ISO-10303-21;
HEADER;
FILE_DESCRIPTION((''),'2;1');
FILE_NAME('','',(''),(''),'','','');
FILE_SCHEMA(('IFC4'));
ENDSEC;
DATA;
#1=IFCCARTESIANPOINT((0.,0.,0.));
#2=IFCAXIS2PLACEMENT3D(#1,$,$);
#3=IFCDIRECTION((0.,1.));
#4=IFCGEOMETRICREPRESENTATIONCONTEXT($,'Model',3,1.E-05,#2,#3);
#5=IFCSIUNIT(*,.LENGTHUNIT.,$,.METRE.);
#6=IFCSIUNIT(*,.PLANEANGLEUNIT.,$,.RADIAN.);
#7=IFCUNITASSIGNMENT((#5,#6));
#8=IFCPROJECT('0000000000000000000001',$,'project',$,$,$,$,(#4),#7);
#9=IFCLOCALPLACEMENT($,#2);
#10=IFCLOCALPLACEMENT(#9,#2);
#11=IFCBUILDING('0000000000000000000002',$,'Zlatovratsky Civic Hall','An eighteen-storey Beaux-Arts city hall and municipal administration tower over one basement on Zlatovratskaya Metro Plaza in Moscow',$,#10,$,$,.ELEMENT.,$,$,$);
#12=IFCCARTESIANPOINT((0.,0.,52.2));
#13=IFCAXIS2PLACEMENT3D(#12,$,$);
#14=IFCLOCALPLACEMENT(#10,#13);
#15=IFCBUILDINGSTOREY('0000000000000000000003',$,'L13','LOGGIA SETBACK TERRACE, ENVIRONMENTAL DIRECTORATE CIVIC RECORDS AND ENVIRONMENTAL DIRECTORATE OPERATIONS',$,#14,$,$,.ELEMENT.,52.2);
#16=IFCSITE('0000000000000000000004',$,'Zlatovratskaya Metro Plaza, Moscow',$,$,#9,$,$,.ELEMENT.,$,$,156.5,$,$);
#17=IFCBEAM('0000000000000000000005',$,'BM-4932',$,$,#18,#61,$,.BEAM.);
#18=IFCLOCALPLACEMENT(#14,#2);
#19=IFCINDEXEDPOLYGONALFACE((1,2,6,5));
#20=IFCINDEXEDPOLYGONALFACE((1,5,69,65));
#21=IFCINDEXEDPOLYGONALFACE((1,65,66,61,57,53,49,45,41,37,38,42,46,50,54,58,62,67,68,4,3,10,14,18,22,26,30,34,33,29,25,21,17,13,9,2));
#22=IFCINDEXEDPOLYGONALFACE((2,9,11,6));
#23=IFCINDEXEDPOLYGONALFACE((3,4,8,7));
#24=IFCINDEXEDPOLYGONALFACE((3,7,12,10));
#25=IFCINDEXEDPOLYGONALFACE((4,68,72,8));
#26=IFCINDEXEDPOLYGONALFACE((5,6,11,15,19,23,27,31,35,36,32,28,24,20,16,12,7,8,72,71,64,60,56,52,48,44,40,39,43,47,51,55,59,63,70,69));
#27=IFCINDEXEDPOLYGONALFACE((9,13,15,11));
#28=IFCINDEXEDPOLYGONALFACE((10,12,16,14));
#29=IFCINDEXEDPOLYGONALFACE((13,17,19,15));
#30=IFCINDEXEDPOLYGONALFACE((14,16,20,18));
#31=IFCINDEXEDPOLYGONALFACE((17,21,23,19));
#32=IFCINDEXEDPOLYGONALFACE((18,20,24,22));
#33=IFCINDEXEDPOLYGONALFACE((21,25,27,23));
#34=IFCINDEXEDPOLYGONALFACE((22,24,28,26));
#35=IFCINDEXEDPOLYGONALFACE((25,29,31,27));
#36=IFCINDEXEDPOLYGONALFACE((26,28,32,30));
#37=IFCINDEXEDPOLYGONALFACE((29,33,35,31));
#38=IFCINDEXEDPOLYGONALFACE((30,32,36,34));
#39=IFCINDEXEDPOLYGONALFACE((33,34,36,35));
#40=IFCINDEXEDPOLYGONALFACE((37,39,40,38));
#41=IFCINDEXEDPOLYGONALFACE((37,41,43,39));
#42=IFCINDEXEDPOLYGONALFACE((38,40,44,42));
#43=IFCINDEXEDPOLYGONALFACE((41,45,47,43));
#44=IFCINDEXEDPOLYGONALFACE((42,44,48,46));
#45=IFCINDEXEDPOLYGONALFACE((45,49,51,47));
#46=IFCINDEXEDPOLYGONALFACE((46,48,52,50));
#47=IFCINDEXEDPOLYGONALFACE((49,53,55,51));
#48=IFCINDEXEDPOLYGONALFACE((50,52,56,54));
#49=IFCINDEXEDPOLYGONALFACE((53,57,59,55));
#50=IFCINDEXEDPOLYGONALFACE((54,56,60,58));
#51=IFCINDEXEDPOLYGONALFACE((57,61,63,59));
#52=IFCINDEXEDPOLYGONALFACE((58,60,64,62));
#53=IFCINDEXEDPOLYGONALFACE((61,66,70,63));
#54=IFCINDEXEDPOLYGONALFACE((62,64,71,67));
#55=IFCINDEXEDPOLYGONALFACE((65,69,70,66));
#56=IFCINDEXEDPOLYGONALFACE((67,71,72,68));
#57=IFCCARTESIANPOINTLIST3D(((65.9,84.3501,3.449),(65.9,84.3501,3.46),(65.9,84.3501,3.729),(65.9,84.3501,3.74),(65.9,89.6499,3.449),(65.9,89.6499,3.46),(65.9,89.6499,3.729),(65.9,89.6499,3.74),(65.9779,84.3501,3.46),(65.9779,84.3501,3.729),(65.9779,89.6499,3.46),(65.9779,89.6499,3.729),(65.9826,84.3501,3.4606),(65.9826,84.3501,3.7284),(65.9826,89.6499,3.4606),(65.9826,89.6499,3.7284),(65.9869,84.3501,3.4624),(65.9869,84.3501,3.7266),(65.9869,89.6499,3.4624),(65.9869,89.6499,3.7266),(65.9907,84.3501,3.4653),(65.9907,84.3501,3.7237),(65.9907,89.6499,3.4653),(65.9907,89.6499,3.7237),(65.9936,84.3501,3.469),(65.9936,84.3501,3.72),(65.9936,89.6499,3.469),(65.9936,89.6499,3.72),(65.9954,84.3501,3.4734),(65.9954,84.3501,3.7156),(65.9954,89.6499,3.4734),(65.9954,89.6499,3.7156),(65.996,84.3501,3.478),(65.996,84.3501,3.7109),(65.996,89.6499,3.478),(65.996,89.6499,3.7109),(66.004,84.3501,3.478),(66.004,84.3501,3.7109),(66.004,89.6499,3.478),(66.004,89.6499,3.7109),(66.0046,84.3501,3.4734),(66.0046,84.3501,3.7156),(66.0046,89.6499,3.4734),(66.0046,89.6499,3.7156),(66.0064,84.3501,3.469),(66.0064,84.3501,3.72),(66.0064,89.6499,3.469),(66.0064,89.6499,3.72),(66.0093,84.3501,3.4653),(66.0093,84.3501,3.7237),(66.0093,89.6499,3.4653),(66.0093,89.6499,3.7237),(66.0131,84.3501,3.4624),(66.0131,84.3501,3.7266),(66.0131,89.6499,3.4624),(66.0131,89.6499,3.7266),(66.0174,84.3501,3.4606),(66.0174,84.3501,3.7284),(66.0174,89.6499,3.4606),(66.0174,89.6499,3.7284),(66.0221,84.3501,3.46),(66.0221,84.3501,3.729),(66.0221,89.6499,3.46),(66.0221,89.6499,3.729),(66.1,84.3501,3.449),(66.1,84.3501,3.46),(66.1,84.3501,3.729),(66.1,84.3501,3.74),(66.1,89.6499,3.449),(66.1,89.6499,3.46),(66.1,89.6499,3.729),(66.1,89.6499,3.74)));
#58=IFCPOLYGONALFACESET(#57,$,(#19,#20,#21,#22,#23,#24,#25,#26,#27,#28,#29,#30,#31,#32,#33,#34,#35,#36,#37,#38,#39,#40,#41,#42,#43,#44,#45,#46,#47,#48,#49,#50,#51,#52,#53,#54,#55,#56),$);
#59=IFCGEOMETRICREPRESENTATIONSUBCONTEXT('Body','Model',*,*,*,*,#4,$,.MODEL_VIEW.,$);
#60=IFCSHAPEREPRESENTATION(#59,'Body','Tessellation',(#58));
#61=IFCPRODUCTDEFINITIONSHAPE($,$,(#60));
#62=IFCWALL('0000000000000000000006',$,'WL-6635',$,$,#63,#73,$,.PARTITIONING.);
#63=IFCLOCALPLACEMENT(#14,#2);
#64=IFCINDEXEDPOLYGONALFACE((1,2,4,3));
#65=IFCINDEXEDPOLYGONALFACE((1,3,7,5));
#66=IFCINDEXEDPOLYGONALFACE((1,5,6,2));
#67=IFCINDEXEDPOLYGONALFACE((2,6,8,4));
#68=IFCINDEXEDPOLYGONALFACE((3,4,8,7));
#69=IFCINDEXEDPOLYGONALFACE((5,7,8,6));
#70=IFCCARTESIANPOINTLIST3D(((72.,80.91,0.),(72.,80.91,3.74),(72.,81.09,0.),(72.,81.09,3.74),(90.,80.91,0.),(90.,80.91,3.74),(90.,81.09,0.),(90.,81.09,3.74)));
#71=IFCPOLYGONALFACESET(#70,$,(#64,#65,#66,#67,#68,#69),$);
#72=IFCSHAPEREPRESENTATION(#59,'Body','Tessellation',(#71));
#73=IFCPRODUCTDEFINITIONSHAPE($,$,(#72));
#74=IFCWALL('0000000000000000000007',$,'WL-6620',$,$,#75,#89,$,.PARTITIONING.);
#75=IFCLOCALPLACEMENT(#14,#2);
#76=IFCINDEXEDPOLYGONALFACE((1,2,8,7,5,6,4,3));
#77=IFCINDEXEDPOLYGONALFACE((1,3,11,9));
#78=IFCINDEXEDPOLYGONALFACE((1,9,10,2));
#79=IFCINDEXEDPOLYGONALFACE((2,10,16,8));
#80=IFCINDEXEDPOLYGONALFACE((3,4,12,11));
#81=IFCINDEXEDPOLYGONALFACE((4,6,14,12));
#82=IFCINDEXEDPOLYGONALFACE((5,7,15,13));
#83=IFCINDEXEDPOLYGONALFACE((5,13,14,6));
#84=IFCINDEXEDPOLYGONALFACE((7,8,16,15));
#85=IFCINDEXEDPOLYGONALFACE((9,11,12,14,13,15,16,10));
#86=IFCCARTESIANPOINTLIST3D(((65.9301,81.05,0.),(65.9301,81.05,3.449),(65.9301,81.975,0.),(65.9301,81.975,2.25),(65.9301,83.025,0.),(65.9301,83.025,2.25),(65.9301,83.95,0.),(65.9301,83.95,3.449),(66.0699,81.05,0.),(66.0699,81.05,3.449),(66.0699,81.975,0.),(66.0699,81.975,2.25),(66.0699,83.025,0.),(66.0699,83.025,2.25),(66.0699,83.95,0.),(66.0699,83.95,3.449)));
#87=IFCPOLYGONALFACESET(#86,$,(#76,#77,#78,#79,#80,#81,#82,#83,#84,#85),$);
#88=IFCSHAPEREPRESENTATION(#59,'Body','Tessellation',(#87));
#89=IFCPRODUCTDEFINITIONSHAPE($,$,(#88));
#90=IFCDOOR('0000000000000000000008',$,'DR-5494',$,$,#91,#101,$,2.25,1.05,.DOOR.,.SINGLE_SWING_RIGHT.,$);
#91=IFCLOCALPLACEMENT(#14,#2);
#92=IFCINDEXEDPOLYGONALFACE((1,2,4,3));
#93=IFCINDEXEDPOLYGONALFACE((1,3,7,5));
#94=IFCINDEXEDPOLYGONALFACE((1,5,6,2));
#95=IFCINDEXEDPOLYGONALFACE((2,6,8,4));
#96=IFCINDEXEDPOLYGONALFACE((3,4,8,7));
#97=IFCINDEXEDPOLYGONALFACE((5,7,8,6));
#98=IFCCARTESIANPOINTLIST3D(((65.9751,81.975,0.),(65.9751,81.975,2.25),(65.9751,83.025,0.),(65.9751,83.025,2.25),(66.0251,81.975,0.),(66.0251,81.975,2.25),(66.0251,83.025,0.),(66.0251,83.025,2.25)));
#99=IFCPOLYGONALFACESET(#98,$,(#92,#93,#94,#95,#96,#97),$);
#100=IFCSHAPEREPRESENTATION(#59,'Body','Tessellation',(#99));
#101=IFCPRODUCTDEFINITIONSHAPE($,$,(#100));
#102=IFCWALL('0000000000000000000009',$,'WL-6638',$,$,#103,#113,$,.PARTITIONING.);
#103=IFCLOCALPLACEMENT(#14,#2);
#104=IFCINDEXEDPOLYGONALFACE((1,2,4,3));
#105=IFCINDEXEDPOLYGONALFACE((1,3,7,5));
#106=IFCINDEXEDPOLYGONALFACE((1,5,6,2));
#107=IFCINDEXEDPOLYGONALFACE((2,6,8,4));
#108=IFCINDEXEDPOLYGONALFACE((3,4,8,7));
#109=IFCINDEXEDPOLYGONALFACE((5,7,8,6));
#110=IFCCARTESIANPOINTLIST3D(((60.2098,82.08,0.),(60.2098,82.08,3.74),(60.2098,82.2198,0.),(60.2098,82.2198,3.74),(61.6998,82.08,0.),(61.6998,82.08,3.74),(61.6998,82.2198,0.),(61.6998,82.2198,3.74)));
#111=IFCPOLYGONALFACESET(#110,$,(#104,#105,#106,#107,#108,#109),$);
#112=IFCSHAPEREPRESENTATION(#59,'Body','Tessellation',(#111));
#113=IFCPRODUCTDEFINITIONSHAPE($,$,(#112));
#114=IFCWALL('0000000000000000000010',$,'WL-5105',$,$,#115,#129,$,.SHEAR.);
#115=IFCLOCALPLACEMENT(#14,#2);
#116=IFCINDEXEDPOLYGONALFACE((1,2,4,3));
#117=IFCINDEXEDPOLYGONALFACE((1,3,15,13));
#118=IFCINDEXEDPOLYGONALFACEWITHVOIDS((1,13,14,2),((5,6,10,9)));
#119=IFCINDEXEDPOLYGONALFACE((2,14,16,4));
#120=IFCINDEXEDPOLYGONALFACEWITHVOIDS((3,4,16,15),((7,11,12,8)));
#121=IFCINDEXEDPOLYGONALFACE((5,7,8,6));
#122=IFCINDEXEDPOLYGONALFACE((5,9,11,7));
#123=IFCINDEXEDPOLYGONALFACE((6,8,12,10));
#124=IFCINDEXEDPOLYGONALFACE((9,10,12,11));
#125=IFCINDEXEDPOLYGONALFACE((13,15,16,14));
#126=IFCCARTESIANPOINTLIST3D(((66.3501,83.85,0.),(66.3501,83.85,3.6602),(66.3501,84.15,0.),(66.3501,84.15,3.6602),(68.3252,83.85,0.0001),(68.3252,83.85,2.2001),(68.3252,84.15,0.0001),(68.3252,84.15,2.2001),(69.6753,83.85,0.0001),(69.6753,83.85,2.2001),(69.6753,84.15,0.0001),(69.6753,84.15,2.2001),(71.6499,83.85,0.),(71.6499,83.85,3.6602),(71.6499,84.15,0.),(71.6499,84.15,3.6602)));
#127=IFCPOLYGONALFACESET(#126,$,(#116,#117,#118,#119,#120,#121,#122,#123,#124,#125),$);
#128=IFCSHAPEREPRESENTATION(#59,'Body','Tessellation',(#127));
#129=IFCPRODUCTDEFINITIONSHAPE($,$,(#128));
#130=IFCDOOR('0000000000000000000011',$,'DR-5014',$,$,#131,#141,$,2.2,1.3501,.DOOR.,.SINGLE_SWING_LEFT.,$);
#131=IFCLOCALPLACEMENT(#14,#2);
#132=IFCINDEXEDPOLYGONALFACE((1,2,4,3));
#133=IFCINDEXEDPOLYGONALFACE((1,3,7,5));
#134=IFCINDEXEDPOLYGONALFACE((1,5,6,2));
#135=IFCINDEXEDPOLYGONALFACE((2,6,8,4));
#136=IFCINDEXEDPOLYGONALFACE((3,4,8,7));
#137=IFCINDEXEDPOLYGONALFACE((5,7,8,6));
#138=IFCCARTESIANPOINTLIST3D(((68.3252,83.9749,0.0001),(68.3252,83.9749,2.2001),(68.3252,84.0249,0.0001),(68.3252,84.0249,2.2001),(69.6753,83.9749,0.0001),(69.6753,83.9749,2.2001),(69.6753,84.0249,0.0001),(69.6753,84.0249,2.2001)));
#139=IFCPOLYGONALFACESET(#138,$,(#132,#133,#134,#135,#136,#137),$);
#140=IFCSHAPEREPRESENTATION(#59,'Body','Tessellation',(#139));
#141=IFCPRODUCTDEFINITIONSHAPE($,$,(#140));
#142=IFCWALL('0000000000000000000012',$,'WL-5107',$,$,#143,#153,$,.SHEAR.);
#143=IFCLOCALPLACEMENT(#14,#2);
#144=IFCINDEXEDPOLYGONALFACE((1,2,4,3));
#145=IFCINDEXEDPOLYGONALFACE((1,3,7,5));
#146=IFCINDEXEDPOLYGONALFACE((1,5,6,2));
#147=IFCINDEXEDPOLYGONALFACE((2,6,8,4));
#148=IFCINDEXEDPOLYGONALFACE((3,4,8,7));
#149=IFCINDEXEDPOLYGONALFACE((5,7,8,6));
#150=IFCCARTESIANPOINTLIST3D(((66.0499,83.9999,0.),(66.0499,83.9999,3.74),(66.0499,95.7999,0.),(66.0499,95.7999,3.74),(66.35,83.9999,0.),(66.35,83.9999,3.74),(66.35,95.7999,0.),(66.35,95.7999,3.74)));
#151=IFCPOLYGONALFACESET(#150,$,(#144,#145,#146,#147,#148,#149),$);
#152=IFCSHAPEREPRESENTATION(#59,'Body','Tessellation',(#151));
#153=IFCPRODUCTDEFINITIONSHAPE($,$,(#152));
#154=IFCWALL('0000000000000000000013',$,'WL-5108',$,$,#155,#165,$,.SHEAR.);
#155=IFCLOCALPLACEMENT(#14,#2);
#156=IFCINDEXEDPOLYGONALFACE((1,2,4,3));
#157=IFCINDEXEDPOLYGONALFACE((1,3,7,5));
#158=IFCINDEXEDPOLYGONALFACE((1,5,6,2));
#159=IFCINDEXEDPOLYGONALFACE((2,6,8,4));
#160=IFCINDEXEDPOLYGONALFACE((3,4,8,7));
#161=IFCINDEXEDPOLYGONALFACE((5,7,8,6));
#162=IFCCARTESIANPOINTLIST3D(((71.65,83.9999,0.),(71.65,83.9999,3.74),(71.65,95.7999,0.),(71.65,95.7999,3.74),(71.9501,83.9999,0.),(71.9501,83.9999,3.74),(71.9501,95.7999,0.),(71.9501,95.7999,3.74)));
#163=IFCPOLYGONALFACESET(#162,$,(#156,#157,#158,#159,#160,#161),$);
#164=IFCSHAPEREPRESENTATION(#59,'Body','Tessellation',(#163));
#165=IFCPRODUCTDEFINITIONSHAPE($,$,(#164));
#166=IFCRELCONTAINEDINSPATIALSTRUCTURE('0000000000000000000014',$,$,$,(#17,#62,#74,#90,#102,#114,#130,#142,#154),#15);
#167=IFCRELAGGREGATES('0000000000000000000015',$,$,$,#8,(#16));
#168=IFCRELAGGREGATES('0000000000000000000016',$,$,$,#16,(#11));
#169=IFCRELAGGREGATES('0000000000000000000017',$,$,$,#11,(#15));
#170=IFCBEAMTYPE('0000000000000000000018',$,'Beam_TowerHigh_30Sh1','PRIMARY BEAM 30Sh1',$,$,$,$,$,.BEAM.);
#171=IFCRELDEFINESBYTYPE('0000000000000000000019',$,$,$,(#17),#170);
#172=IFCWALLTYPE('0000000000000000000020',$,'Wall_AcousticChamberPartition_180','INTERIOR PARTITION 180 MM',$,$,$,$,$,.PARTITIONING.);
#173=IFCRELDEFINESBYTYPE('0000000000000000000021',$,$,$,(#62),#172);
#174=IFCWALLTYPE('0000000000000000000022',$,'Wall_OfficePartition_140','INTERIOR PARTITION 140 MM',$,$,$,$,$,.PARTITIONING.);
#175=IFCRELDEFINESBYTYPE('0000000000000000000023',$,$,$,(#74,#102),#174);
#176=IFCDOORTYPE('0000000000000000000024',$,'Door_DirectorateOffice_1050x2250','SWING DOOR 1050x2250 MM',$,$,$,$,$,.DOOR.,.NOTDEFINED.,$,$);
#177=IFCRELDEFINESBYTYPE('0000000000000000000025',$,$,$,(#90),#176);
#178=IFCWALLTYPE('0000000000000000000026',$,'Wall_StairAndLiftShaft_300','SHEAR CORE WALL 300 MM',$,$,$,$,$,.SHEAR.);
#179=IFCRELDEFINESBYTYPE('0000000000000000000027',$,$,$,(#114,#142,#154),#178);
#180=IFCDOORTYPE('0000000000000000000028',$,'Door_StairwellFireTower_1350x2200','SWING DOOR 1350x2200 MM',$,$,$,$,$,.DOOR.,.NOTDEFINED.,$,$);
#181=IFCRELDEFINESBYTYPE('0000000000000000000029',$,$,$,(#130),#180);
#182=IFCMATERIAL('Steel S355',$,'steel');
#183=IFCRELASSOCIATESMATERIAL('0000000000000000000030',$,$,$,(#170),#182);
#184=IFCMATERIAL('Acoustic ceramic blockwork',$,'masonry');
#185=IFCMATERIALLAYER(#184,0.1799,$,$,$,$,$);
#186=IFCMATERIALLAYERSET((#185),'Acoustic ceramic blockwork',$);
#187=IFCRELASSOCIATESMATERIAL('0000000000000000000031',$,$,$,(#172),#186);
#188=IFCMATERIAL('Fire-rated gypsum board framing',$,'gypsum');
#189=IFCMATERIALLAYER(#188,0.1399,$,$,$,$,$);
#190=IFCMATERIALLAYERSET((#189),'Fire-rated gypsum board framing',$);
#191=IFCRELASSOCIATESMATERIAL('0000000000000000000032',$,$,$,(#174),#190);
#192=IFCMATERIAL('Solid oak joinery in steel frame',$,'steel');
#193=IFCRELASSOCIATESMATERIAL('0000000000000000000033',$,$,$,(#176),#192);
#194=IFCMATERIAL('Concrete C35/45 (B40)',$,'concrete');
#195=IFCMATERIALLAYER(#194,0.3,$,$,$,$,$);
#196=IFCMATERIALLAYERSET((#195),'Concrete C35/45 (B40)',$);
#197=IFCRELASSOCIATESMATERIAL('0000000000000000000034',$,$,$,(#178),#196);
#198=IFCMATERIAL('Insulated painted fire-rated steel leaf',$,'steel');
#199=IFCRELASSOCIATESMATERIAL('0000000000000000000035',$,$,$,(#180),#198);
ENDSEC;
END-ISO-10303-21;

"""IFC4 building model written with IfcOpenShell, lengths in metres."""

from ifc_helpers import new_model, si_unit, direction, frame, frame_2d, origin, origin_2d, place, context, subcontext, project, spatial, rectangle, i_section, extrude, material, layer, layer_set, material_profile, profile_set, type_object, element, fill, save


model = new_model("IFC4")

# Units and contexts
model_context = context("Model", 3, precision=1e-05, world=origin(), true_north=direction((0.0, 1.0)))
body_context = subcontext(model_context, "Body", "Model", "MODEL_VIEW")
ifc_project = project(units=[si_unit("LENGTHUNIT", "METRE"), si_unit("PLANEANGLEUNIT", "RADIAN")], contexts=[model_context])

# Site, building, storey
site_placement = place(None, origin())
site = spatial("IfcSite", under=ifc_project, at=site_placement, Name="Zlatovratskaya Metro Plaza, Moscow", CompositionType="ELEMENT", RefElevation=156.5)
building_placement = place(site_placement, origin())
building = spatial("IfcBuilding", under=site, at=building_placement, Name="Zlatovratsky Civic Hall", Description="An eighteen-storey Beaux-Arts city hall and municipal administration tower over one basement on Zlatovratskaya Metro Plaza in Moscow", CompositionType="ELEMENT")
storey_placement = place(building_placement, frame((0.0, 0.0, 52.2)))
storey = spatial("IfcBuildingStorey", under=building, at=storey_placement, Name="L13", Description="LOGGIA SETBACK TERRACE, ENVIRONMENTAL DIRECTORATE CIVIC RECORDS AND ENVIRONMENTAL DIRECTORATE OPERATIONS", CompositionType="ELEMENT", Elevation=52.2)

# Shared definitions
ifc_material_1 = material(Name="Concrete C35/45 (B40)", Category="concrete")

# Beam
ifc_material_2 = material(Name="Steel S355", Category="steel")
ifc_material_profile_1 = material_profile(ifc_material_2, i_section(OverallWidth=0.2, OverallDepth=0.291, WebThickness=0.0081, FlangeThickness=0.011, FilletRadius=0.0181, at=origin_2d()), Name="30Sh1")
ifc_profile_set_1 = profile_set([ifc_material_profile_1], Name="Steel S355")
beam_type_1 = type_object("IfcBeamType", Name="Beam_TowerHigh_30Sh1", Description="PRIMARY BEAM 30Sh1", PredefinedType="BEAM", material=ifc_profile_set_1)
for number, where, z_axis, x_axis, name in (
    (1, (66.0, 84.3501, 3.5945), (0.0, 1.0, 0.0), (-1.0, 0.0, 0.0), "BM-4932"),
):
    element("IfcBeam", number, at=place(storey_placement, frame(where, z_axis=z_axis, x_axis=x_axis)), inside=storey, type_object=beam_type_1, Name=name, PredefinedType="BEAM", context=body_context, shape_type="SweptSolid", body=[
        extrude(i_section(OverallWidth=0.2, OverallDepth=0.291, WebThickness=0.0081, FlangeThickness=0.011, FilletRadius=0.0181, at=origin_2d()), origin(), (0.0, 0.0, 1.0), 5.2998),
    ])

# Wall
ifc_material_3 = material(Name="Acoustic ceramic blockwork", Category="masonry")
ifc_layer_1 = layer(ifc_material_3, 0.1799)
ifc_layer_set_1 = layer_set([ifc_layer_1], Name="Acoustic ceramic blockwork")
wall_type_1 = type_object("IfcWallType", Name="Wall_AcousticChamberPartition_180", Description="INTERIOR PARTITION 180 MM", PredefinedType="PARTITIONING", material=ifc_layer_set_1)
wall_1_placement = place(storey_placement, frame((72.0, 81.0, 0.0), z_axis=(0.0, 0.0, 1.0), x_axis=(1.0, 0.0, 0.0)))
element("IfcWall", 2, at=wall_1_placement, inside=storey, type_object=wall_type_1, Name="WL-6635", PredefinedType="PARTITIONING", context=body_context, shape_type="SweptSolid", body=[
    extrude(rectangle(XDim=18.0, YDim=0.1799, at=frame_2d((9.0, 0.0))), origin(), (0.0, 0.0, 1.0), 3.74),
])

# Wall, opening, door
ifc_material_4 = material(Name="Fire-rated gypsum board framing", Category="gypsum")
ifc_layer_2 = layer(ifc_material_4, 0.1399)
ifc_layer_set_2 = layer_set([ifc_layer_2], Name="Fire-rated gypsum board framing")
wall_type_2 = type_object("IfcWallType", Name="Wall_OfficePartition_140", Description="INTERIOR PARTITION 140 MM", PredefinedType="PARTITIONING", material=ifc_layer_set_2)
wall_2_placement = place(storey_placement, frame((66.0, 81.05, 0.0), z_axis=(0.0, 0.0, 1.0), x_axis=(0.0, 1.0, 0.0)))
wall_2 = element("IfcWall", 3, at=wall_2_placement, inside=storey, type_object=wall_type_2, Name="WL-6620", PredefinedType="PARTITIONING", context=body_context, shape_type="SweptSolid", body=[
    extrude(rectangle(XDim=2.8999, YDim=0.1399, at=frame_2d((1.45, 0.0))), origin(), (0.0, 0.0, 1.0), 3.449),
])
opening_1_placement = place(wall_2_placement, frame((0.925, 0.0, 0.0)))
opening_1 = element("IfcOpeningElement", 4, at=opening_1_placement, cuts=wall_2, PredefinedType="OPENING", context=body_context, shape_type="SweptSolid", body=[
    extrude(rectangle(XDim=1.05, YDim=2.25, at=frame_2d((0.5249, 1.125))), frame((0.0, 0.085, 0.0), z_axis=(0.0, -1.0, 0.0), x_axis=(1.0, 0.0, 0.0)), (0.0, 0.0, 1.0), 0.1697),
])
ifc_material_5 = material(Name="Solid oak joinery in steel frame", Category="steel")
door_type_1 = type_object("IfcDoorType", Name="Door_DirectorateOffice_1050x2250", Description="SWING DOOR 1050x2250 MM", OperationType="NOTDEFINED", PredefinedType="DOOR", material=ifc_material_5)
door_1_placement = place(opening_1_placement, origin())
door_1 = element("IfcDoor", 5, at=door_1_placement, inside=storey, type_object=door_type_1, Name="DR-5494", OperationType="SINGLE_SWING_RIGHT", OverallHeight=2.25, OverallWidth=1.05, PredefinedType="DOOR", context=body_context, shape_type="SweptSolid", body=[
    extrude(rectangle(XDim=1.05, YDim=2.25, at=frame_2d((0.5249, 1.125))), frame((0.0, 0.0249, 0.0), z_axis=(0.0, -1.0, 0.0), x_axis=(1.0, 0.0, 0.0)), (0.0, 0.0, 1.0), 0.05),
])
fill(opening_1, door_1)

# Wall
wall_3_placement = place(storey_placement, frame((61.7, 82.1499, 0.0), z_axis=(0.0, 0.0, 1.0), x_axis=(-1.0, 0.0, 0.0)))
element("IfcWall", 6, at=wall_3_placement, inside=storey, type_object=wall_type_2, Name="WL-6638", PredefinedType="PARTITIONING", context=body_context, shape_type="SweptSolid", body=[
    extrude(rectangle(XDim=1.49, YDim=0.1399, at=frame_2d((0.7451, 0.0))), origin(), (0.0, 0.0, 1.0), 3.74),
])

# Wall, opening, door
ifc_layer_3 = layer(ifc_material_1, 0.3)
ifc_layer_set_3 = layer_set([ifc_layer_3], Name="Concrete C35/45 (B40)")
wall_type_3 = type_object("IfcWallType", Name="Wall_StairAndLiftShaft_300", Description="SHEAR CORE WALL 300 MM", PredefinedType="SHEAR", material=ifc_layer_set_3)
wall_4_placement = place(storey_placement, frame((66.3501, 84.0, 0.0), z_axis=(0.0, 0.0, 1.0), x_axis=(1.0, 0.0, 0.0)))
wall_4 = element("IfcWall", 7, at=wall_4_placement, inside=storey, type_object=wall_type_3, Name="WL-5105", PredefinedType="SHEAR", context=body_context, shape_type="SweptSolid", body=[
    extrude(rectangle(XDim=5.2998, YDim=0.3, at=frame_2d((2.6499, 0.0))), origin(), (0.0, 0.0, 1.0), 3.6602),
])
opening_2_placement = place(wall_4_placement, frame((1.9751, 0.0, 0.0)))
opening_2 = element("IfcOpeningElement", 8, at=opening_2_placement, cuts=wall_4, PredefinedType="OPENING", context=body_context, shape_type="SweptSolid", body=[
    extrude(rectangle(XDim=1.3501, YDim=2.2, at=frame_2d((0.675, 1.1001))), frame((0.0, 0.165, 0.0), z_axis=(0.0, -1.0, 0.0), x_axis=(1.0, 0.0, 0.0)), (0.0, 0.0, 1.0), 0.3298),
])
ifc_material_6 = material(Name="Insulated painted fire-rated steel leaf", Category="steel")
door_type_2 = type_object("IfcDoorType", Name="Door_StairwellFireTower_1350x2200", Description="SWING DOOR 1350x2200 MM", OperationType="NOTDEFINED", PredefinedType="DOOR", material=ifc_material_6)
door_2_placement = place(opening_2_placement, origin())
door_2 = element("IfcDoor", 9, at=door_2_placement, inside=storey, type_object=door_type_2, Name="DR-5014", OperationType="SINGLE_SWING_LEFT", OverallHeight=2.2, OverallWidth=1.3501, PredefinedType="DOOR", context=body_context, shape_type="SweptSolid", body=[
    extrude(rectangle(XDim=1.3501, YDim=2.2, at=frame_2d((0.675, 1.1001))), frame((0.0, 0.0249, 0.0), z_axis=(0.0, -1.0, 0.0), x_axis=(1.0, 0.0, 0.0)), (0.0, 0.0, 1.0), 0.05),
])
fill(opening_2, door_2)

# Walls
for number, where, z_axis, x_axis, name in (
    (10, (66.2, 84.0, 0.0), (0.0, 0.0, 1.0), (0.0, 1.0, 0.0), "WL-5107"),
    (11, (71.8, 84.0, 0.0), (0.0, 0.0, 1.0), (0.0, 1.0, 0.0), "WL-5108"),
):
    element("IfcWall", number, at=place(storey_placement, frame(where, z_axis=z_axis, x_axis=x_axis)), inside=storey, type_object=wall_type_3, Name=name, PredefinedType="SHEAR", context=body_context, shape_type="SweptSolid", body=[
        extrude(rectangle(XDim=11.8, YDim=0.3, at=frame_2d((5.8999, 0.0))), origin(), (0.0, 0.0, 1.0), 3.74),
    ])

save(model, "model.ifc")
